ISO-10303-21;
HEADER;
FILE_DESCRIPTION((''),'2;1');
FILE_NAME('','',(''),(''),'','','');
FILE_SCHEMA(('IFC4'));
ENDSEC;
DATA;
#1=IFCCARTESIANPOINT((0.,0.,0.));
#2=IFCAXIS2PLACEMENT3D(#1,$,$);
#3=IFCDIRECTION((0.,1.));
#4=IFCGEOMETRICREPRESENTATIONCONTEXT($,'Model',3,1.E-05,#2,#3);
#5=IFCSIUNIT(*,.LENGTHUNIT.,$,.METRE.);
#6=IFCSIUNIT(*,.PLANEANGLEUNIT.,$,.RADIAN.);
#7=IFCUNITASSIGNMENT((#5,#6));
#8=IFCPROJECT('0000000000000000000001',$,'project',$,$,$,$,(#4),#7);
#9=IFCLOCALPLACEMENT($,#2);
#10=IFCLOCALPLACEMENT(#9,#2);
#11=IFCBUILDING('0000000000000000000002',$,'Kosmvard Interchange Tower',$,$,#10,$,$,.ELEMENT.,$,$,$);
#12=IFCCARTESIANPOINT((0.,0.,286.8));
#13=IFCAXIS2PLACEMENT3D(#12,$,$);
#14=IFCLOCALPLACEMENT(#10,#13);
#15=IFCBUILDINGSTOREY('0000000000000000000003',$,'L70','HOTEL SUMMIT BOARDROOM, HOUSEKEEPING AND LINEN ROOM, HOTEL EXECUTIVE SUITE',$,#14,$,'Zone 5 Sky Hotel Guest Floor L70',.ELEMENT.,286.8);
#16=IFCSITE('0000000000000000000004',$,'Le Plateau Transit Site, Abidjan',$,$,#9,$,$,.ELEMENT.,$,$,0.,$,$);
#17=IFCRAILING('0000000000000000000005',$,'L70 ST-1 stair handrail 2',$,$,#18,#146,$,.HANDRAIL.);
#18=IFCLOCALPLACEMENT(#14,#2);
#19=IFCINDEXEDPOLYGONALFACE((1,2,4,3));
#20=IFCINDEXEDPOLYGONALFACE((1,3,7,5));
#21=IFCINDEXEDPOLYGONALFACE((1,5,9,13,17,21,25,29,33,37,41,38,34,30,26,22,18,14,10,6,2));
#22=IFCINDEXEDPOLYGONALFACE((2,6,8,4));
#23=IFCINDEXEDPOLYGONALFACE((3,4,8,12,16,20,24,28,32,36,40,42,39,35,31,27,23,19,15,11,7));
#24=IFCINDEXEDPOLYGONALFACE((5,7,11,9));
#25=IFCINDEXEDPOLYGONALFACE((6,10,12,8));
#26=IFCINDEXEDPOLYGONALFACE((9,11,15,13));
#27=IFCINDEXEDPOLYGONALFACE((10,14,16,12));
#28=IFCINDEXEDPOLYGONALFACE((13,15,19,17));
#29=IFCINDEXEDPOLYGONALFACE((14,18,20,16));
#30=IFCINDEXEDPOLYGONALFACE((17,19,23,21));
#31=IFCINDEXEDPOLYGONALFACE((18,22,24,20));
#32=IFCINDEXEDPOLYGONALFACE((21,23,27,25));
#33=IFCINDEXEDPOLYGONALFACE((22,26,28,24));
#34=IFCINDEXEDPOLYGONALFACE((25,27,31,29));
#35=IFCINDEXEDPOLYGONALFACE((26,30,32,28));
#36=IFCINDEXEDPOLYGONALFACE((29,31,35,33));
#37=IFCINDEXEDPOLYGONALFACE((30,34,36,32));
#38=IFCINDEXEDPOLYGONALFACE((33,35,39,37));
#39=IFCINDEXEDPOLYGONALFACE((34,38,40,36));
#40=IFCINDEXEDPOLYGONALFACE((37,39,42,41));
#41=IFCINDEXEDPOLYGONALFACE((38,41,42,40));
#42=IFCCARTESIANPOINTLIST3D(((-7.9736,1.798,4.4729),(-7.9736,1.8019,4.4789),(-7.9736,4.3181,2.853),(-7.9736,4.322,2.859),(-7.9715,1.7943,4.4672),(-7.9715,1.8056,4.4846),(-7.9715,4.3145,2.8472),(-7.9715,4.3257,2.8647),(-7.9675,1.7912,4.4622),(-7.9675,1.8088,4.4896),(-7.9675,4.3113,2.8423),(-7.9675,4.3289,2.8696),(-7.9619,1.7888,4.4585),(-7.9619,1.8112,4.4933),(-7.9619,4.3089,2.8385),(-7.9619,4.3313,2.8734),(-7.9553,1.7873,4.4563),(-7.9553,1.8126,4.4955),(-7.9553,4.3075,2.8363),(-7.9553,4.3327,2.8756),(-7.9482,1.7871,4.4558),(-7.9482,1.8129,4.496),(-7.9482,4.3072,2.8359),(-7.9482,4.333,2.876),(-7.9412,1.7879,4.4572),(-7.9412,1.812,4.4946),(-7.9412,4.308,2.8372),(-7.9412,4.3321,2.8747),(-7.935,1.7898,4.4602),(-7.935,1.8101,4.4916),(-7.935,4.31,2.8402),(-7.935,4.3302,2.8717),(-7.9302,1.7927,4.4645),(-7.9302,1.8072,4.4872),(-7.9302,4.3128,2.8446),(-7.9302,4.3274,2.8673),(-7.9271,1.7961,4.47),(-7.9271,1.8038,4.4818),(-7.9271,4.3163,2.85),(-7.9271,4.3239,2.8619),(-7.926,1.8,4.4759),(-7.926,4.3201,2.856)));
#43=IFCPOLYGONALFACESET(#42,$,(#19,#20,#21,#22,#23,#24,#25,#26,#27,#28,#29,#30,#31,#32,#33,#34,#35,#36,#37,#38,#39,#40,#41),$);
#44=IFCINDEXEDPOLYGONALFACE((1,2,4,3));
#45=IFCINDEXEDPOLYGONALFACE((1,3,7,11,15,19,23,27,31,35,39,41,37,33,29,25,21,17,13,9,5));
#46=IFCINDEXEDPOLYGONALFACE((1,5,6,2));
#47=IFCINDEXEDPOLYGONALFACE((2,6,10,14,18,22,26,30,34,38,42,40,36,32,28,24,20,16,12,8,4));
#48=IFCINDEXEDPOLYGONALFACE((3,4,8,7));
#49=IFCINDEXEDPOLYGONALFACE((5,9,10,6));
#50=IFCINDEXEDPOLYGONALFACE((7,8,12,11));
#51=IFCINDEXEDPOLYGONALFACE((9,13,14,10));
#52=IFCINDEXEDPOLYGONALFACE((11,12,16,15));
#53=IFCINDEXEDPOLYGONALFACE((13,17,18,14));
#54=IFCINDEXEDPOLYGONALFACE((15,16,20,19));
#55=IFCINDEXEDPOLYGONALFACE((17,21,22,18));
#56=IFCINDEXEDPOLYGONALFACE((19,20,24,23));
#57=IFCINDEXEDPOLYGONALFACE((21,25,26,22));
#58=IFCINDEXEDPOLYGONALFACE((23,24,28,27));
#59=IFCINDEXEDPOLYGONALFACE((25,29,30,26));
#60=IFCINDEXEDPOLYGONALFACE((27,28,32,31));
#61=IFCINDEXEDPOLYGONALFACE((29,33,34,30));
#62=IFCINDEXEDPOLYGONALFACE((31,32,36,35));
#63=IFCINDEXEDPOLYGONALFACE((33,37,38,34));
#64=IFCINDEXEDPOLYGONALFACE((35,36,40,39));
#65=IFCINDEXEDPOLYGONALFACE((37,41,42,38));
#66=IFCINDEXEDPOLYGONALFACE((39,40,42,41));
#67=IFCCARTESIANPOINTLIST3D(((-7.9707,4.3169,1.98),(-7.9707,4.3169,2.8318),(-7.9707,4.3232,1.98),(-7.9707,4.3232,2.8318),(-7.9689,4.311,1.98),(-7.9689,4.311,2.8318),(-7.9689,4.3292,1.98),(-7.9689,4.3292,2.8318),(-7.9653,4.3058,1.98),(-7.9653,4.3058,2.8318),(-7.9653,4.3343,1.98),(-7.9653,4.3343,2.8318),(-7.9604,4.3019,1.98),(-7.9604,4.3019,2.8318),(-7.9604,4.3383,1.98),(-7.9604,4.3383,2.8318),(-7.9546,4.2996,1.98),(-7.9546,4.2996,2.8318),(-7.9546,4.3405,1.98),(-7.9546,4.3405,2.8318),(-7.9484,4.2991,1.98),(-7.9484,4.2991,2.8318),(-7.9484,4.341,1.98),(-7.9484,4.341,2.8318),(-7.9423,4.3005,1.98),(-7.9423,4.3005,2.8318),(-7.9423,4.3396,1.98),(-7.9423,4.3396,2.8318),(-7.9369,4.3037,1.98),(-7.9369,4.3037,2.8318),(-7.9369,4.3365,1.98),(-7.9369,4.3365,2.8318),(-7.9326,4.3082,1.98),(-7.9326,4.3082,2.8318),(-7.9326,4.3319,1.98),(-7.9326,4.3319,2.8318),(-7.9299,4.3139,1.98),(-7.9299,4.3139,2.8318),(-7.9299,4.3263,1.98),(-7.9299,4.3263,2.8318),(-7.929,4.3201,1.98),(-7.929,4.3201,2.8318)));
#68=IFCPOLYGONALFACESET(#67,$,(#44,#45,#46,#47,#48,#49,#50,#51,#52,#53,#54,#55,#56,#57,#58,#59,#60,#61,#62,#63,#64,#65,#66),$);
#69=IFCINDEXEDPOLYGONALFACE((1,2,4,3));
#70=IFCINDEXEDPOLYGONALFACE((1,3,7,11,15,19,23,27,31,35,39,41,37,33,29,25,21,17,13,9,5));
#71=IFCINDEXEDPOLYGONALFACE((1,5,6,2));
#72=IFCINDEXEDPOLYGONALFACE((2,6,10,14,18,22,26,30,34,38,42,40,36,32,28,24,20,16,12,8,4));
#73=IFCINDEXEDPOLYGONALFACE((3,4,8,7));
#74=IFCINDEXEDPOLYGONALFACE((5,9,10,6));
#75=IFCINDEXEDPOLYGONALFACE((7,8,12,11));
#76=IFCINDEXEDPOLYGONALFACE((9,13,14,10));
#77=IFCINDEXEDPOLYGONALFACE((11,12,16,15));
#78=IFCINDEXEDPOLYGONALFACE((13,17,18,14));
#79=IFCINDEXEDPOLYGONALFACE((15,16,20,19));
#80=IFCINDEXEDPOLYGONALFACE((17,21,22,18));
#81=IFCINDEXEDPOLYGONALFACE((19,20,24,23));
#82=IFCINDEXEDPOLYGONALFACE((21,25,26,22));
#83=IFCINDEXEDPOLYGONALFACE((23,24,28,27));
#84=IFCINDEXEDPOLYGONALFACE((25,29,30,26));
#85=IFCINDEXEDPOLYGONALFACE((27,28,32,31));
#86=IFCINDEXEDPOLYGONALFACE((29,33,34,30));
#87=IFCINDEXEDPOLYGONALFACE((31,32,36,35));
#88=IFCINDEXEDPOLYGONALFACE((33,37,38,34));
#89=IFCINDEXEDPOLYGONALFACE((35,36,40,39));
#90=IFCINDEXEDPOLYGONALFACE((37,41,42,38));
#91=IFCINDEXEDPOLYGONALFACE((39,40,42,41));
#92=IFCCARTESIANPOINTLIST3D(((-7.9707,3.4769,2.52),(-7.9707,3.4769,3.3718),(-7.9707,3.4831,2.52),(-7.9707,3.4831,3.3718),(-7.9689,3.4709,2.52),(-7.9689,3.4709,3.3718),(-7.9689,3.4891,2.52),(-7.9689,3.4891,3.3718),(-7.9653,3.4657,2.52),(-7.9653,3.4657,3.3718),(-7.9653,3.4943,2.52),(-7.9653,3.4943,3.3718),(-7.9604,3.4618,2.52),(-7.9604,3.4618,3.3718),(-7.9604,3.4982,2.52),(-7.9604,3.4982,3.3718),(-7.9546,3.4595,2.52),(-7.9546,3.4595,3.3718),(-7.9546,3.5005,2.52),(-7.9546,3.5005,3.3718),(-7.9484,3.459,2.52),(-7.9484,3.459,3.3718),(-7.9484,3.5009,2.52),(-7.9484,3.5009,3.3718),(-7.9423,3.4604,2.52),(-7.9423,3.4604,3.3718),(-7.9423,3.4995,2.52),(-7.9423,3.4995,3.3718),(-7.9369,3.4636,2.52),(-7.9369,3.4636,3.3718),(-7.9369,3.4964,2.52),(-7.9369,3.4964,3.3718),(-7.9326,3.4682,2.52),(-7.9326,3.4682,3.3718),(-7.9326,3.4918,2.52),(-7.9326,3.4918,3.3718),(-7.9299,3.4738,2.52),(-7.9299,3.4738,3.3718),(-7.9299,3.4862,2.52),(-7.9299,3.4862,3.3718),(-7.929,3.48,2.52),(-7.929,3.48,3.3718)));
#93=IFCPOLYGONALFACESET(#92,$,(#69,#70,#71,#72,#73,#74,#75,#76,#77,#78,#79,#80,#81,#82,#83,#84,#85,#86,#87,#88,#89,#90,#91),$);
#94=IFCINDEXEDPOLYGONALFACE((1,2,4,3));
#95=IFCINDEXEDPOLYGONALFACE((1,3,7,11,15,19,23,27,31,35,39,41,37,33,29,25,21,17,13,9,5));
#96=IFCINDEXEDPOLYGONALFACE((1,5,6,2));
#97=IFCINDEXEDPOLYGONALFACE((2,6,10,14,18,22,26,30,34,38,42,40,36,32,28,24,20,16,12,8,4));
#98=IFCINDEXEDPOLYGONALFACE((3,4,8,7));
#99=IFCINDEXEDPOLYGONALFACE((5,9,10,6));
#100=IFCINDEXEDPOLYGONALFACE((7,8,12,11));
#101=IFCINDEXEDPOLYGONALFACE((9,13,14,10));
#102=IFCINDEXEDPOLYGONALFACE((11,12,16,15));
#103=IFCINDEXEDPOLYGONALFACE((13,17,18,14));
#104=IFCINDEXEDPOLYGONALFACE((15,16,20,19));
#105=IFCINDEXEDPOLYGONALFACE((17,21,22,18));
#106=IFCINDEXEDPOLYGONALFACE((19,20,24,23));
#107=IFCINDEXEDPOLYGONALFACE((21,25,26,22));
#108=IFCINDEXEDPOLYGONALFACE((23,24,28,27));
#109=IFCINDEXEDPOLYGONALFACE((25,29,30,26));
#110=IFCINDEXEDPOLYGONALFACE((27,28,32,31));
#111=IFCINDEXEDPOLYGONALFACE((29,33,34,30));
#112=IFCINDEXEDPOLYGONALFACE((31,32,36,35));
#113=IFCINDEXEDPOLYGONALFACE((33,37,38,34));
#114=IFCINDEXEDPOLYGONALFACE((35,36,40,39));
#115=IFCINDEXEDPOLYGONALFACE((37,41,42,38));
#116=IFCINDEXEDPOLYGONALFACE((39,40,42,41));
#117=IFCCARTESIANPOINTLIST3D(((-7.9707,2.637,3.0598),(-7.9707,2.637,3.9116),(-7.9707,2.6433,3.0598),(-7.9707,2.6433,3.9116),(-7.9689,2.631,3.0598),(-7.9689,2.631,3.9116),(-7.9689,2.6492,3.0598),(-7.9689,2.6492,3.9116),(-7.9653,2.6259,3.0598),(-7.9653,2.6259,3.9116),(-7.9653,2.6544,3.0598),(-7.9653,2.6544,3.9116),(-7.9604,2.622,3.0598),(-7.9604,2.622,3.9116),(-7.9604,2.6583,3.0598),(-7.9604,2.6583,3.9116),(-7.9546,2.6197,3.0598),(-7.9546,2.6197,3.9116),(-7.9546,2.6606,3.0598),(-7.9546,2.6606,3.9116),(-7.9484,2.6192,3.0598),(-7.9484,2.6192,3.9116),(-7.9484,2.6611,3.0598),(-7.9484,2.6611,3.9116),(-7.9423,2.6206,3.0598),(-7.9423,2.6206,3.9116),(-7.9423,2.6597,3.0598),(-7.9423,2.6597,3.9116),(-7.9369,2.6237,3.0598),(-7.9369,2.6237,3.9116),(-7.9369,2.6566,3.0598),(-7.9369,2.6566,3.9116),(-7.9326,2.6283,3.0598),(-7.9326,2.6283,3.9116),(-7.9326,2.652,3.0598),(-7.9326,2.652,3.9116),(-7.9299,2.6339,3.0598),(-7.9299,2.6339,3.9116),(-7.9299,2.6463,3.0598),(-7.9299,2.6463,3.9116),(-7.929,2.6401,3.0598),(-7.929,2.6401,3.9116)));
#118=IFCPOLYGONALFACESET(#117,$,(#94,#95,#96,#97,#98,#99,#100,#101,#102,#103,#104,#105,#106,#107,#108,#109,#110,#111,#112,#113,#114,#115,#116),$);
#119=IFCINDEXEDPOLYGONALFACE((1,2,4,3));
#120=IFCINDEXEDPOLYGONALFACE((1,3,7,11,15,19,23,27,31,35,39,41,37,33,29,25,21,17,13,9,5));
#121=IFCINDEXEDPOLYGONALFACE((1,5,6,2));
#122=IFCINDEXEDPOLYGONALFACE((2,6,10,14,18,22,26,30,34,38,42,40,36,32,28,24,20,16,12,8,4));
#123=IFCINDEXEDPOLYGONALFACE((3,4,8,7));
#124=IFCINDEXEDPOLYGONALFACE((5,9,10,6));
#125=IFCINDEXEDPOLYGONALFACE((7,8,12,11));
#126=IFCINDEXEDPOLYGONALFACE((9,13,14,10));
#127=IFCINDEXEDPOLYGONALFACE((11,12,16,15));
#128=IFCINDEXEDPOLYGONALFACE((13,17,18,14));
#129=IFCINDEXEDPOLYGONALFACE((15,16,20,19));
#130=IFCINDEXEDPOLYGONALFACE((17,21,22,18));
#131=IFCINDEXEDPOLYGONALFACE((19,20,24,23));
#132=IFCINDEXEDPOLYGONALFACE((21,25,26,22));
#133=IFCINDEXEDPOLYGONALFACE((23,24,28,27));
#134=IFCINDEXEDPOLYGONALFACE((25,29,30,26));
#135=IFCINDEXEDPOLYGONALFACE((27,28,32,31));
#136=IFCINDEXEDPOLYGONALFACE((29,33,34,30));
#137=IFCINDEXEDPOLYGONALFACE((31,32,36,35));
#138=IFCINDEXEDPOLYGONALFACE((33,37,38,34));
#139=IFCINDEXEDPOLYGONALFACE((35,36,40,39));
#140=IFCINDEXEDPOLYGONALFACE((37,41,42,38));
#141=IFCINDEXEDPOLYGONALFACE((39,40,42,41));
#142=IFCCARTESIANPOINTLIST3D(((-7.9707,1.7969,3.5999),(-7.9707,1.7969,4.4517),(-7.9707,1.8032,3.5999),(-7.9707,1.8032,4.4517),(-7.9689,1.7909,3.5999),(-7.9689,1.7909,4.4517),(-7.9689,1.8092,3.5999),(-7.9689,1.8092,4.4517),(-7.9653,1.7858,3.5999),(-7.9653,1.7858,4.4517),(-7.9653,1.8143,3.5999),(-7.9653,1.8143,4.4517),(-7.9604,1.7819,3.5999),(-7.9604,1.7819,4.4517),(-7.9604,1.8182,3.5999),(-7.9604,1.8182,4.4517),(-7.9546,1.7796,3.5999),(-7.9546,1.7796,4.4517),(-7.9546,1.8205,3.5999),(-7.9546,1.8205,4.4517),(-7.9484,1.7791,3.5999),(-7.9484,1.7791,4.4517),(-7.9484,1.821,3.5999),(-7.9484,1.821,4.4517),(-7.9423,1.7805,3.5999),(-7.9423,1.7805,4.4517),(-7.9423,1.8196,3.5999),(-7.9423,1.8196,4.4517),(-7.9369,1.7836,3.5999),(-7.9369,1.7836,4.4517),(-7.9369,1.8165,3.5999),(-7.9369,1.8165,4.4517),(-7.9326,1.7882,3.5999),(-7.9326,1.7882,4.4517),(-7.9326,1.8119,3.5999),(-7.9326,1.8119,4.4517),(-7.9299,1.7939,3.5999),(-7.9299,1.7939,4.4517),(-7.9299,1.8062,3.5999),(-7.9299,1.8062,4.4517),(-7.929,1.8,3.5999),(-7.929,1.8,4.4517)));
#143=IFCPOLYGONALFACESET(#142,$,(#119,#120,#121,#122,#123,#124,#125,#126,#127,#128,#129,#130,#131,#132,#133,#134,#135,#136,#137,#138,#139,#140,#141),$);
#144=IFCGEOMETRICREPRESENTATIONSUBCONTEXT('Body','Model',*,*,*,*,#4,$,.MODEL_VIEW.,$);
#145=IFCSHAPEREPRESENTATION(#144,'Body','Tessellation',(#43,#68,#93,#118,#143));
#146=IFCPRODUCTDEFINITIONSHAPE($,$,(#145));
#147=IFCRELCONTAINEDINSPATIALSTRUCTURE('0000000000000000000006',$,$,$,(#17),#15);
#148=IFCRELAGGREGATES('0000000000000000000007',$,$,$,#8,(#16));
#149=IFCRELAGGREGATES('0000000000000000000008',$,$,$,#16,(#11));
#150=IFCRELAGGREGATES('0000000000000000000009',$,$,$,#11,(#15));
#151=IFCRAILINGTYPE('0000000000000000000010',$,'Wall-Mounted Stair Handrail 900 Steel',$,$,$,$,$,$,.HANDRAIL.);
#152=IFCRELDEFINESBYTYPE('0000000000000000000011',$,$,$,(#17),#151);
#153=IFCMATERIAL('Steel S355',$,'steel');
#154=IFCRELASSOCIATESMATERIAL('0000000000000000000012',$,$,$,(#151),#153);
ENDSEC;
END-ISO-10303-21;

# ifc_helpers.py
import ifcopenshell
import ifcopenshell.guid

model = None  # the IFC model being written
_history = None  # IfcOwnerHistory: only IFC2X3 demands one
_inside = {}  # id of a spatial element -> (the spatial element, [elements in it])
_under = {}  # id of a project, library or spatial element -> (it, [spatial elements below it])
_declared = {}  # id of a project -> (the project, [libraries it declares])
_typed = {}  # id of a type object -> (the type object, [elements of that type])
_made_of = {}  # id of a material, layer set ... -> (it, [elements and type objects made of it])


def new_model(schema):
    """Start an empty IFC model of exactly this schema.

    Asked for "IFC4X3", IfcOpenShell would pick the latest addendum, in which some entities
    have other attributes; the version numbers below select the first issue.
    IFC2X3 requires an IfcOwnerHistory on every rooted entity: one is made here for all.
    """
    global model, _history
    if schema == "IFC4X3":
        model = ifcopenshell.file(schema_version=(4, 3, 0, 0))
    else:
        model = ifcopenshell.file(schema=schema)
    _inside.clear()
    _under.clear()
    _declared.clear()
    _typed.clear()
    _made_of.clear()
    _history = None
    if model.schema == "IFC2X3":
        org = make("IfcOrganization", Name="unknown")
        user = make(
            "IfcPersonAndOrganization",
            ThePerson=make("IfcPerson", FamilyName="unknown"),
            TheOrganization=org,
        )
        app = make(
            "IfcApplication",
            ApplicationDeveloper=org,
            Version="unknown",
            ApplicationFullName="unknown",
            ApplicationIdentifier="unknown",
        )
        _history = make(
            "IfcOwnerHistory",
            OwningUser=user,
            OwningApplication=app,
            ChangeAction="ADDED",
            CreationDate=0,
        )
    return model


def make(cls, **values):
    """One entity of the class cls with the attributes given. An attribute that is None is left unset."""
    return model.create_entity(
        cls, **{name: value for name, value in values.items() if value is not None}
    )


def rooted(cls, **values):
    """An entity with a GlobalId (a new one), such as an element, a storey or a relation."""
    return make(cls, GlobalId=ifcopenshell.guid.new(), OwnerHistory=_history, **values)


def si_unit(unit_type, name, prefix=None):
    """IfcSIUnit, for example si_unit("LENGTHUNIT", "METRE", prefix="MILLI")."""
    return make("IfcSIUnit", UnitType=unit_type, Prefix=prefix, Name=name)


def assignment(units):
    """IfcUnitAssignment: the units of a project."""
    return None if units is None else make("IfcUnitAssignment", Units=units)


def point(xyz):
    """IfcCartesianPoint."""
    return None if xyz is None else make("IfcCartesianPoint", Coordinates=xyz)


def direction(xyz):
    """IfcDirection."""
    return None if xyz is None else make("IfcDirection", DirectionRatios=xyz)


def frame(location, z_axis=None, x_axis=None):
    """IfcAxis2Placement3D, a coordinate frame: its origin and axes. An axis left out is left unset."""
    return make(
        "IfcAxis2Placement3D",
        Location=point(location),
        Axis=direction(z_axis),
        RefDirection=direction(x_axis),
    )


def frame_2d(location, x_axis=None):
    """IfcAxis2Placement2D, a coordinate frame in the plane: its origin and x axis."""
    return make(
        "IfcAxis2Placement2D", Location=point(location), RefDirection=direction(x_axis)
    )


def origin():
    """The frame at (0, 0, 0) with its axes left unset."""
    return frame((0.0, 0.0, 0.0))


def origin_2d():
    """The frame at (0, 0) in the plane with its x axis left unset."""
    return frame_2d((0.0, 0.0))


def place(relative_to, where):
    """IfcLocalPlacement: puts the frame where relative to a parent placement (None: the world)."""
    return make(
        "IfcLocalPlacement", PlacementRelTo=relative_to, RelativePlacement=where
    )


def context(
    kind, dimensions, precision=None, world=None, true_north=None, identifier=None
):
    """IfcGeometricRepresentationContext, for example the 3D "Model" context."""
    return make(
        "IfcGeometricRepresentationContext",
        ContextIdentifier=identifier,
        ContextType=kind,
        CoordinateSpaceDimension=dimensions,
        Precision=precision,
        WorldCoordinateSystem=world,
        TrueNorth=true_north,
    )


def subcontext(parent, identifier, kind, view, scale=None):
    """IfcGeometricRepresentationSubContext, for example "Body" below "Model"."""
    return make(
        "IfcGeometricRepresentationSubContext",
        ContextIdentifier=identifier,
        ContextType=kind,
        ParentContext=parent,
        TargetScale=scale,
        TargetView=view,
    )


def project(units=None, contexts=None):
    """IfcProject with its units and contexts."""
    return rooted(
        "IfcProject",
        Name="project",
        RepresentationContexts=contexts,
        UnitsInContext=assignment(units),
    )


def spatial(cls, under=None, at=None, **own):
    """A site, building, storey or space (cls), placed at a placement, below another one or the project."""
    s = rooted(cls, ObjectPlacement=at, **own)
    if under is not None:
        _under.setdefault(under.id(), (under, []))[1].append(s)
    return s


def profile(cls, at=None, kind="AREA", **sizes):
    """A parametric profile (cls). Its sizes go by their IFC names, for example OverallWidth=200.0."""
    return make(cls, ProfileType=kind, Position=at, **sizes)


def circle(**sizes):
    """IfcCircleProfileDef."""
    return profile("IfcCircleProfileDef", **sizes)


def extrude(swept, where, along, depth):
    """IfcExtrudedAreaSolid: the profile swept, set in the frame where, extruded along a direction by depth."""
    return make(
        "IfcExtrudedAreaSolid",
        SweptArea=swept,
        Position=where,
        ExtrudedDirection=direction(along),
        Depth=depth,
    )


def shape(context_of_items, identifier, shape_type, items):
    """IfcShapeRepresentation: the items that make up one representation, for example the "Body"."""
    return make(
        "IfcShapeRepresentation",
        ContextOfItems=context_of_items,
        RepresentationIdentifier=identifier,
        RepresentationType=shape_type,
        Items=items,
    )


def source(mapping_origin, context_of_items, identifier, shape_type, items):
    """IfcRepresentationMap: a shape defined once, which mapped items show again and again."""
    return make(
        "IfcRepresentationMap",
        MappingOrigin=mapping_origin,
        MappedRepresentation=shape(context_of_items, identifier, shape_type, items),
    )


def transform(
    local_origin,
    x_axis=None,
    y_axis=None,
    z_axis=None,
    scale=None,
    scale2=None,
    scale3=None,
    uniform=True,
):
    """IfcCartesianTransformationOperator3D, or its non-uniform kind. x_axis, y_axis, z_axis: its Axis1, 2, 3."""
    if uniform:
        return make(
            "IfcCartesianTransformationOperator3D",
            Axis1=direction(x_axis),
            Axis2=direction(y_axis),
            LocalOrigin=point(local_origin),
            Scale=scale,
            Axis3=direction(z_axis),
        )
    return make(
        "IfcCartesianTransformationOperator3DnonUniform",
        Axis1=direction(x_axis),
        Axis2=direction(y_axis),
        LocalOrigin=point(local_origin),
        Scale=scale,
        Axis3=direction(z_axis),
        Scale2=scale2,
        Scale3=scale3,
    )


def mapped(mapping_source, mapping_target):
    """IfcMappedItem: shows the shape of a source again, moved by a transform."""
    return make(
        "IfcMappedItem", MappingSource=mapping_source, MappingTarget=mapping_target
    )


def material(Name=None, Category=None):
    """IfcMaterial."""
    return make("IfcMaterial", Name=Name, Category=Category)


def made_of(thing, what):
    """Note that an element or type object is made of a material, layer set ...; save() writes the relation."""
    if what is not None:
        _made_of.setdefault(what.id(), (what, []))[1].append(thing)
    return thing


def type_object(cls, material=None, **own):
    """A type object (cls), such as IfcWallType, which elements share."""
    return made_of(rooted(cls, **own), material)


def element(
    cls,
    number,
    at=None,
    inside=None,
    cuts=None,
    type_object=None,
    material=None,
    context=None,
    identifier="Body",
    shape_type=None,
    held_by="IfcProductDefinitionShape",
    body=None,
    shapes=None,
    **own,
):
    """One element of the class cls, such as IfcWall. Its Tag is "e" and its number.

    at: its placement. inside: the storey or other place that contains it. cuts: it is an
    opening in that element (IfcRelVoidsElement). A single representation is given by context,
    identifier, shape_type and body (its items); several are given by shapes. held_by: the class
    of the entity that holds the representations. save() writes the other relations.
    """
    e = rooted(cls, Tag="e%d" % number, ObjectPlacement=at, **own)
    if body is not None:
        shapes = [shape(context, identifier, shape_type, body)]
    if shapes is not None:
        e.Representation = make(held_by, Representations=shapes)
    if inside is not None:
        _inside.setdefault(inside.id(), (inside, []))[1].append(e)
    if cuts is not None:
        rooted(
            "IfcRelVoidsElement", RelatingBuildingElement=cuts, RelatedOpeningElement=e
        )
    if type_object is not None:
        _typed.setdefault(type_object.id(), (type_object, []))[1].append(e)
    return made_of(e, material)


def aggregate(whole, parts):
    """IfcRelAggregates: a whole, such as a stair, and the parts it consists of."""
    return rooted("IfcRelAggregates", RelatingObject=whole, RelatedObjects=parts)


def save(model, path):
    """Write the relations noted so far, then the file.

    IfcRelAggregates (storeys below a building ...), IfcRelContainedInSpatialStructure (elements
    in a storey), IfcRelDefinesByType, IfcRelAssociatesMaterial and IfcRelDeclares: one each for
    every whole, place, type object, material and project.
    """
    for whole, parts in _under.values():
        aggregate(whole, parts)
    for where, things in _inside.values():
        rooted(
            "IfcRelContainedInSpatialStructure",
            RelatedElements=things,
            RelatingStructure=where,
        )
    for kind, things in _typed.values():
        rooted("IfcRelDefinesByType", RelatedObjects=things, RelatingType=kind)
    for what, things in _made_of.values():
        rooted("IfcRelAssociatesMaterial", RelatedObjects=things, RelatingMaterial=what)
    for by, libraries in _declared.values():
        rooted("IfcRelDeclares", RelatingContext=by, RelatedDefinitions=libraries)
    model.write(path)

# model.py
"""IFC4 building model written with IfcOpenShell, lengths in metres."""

from ifc_helpers import new_model, si_unit, direction, frame, origin, origin_2d, place, context, subcontext, project, spatial, circle, extrude, source, transform, mapped, material, type_object, element, save


model = new_model("IFC4")

# Units and contexts
model_context = context("Model", 3, precision=1e-05, world=origin(), true_north=direction((0.0, 1.0)))
body_context = subcontext(model_context, "Body", "Model", "MODEL_VIEW")
ifc_project = project(units=[si_unit("LENGTHUNIT", "METRE"), si_unit("PLANEANGLEUNIT", "RADIAN")], contexts=[model_context])

# Site, building, storey
site_placement = place(None, origin())
site = spatial("IfcSite", under=ifc_project, at=site_placement, Name="Le Plateau Transit Site, Abidjan", CompositionType="ELEMENT", RefElevation=0.0)
building_placement = place(site_placement, origin())
building = spatial("IfcBuilding", under=site, at=building_placement, Name="Kosmvard Interchange Tower", CompositionType="ELEMENT")
storey_placement = place(building_placement, frame((0.0, 0.0, 286.8)))
storey = spatial("IfcBuildingStorey", under=building, at=storey_placement, Name="L70", Description="HOTEL SUMMIT BOARDROOM, HOUSEKEEPING AND LINEN ROOM, HOTEL EXECUTIVE SUITE", LongName="Zone 5 Sky Hotel Guest Floor L70", CompositionType="ELEMENT", Elevation=286.8)

# Shared definitions
ifc_material_1 = material(Name="Steel S355", Category="steel")

# Railing
railing_type_1 = type_object("IfcRailingType", Name="Wall-Mounted Stair Handrail 900 Steel", PredefinedType="HANDRAIL", material=ifc_material_1)
shared_shape_1 = source(origin(), body_context, "Body", "SweptSolid", [
    extrude(circle(Radius=0.0239, at=origin_2d()), frame((0.0, 0.0, 0.876), z_axis=(0.0, -0.8412, 0.540725), x_axis=(1.0, 0.0, 0.0)), (0.0, 0.0, 1.0), 2.9958),
    extrude(circle(Radius=0.021, at=origin_2d()), origin(), (0.0, 0.0, 1.0), 0.8518),
    extrude(circle(Radius=0.021, at=origin_2d()), frame((0.0, -0.8401, 0.54)), (0.0, 0.0, 1.0), 0.8518),
    extrude(circle(Radius=0.021, at=origin_2d()), frame((0.0, -1.6799, 1.0798)), (0.0, 0.0, 1.0), 0.8518),
    extrude(circle(Radius=0.021, at=origin_2d()), frame((0.0, -2.52, 1.6199)), (0.0, 0.0, 1.0), 0.8518),
])
railing_1_placement = place(storey_placement, frame((-7.95, 4.3201, 1.98)))
element("IfcRailing", 1, at=railing_1_placement, inside=storey, type_object=railing_type_1, Name="L70 ST-1 stair handrail 2", PredefinedType="HANDRAIL", context=body_context, shape_type="MappedRepresentation", body=[
    mapped(shared_shape_1, transform((0.0, 0.0, 0.0), scale=1.0)),
])

save(model, "model.ifc")
